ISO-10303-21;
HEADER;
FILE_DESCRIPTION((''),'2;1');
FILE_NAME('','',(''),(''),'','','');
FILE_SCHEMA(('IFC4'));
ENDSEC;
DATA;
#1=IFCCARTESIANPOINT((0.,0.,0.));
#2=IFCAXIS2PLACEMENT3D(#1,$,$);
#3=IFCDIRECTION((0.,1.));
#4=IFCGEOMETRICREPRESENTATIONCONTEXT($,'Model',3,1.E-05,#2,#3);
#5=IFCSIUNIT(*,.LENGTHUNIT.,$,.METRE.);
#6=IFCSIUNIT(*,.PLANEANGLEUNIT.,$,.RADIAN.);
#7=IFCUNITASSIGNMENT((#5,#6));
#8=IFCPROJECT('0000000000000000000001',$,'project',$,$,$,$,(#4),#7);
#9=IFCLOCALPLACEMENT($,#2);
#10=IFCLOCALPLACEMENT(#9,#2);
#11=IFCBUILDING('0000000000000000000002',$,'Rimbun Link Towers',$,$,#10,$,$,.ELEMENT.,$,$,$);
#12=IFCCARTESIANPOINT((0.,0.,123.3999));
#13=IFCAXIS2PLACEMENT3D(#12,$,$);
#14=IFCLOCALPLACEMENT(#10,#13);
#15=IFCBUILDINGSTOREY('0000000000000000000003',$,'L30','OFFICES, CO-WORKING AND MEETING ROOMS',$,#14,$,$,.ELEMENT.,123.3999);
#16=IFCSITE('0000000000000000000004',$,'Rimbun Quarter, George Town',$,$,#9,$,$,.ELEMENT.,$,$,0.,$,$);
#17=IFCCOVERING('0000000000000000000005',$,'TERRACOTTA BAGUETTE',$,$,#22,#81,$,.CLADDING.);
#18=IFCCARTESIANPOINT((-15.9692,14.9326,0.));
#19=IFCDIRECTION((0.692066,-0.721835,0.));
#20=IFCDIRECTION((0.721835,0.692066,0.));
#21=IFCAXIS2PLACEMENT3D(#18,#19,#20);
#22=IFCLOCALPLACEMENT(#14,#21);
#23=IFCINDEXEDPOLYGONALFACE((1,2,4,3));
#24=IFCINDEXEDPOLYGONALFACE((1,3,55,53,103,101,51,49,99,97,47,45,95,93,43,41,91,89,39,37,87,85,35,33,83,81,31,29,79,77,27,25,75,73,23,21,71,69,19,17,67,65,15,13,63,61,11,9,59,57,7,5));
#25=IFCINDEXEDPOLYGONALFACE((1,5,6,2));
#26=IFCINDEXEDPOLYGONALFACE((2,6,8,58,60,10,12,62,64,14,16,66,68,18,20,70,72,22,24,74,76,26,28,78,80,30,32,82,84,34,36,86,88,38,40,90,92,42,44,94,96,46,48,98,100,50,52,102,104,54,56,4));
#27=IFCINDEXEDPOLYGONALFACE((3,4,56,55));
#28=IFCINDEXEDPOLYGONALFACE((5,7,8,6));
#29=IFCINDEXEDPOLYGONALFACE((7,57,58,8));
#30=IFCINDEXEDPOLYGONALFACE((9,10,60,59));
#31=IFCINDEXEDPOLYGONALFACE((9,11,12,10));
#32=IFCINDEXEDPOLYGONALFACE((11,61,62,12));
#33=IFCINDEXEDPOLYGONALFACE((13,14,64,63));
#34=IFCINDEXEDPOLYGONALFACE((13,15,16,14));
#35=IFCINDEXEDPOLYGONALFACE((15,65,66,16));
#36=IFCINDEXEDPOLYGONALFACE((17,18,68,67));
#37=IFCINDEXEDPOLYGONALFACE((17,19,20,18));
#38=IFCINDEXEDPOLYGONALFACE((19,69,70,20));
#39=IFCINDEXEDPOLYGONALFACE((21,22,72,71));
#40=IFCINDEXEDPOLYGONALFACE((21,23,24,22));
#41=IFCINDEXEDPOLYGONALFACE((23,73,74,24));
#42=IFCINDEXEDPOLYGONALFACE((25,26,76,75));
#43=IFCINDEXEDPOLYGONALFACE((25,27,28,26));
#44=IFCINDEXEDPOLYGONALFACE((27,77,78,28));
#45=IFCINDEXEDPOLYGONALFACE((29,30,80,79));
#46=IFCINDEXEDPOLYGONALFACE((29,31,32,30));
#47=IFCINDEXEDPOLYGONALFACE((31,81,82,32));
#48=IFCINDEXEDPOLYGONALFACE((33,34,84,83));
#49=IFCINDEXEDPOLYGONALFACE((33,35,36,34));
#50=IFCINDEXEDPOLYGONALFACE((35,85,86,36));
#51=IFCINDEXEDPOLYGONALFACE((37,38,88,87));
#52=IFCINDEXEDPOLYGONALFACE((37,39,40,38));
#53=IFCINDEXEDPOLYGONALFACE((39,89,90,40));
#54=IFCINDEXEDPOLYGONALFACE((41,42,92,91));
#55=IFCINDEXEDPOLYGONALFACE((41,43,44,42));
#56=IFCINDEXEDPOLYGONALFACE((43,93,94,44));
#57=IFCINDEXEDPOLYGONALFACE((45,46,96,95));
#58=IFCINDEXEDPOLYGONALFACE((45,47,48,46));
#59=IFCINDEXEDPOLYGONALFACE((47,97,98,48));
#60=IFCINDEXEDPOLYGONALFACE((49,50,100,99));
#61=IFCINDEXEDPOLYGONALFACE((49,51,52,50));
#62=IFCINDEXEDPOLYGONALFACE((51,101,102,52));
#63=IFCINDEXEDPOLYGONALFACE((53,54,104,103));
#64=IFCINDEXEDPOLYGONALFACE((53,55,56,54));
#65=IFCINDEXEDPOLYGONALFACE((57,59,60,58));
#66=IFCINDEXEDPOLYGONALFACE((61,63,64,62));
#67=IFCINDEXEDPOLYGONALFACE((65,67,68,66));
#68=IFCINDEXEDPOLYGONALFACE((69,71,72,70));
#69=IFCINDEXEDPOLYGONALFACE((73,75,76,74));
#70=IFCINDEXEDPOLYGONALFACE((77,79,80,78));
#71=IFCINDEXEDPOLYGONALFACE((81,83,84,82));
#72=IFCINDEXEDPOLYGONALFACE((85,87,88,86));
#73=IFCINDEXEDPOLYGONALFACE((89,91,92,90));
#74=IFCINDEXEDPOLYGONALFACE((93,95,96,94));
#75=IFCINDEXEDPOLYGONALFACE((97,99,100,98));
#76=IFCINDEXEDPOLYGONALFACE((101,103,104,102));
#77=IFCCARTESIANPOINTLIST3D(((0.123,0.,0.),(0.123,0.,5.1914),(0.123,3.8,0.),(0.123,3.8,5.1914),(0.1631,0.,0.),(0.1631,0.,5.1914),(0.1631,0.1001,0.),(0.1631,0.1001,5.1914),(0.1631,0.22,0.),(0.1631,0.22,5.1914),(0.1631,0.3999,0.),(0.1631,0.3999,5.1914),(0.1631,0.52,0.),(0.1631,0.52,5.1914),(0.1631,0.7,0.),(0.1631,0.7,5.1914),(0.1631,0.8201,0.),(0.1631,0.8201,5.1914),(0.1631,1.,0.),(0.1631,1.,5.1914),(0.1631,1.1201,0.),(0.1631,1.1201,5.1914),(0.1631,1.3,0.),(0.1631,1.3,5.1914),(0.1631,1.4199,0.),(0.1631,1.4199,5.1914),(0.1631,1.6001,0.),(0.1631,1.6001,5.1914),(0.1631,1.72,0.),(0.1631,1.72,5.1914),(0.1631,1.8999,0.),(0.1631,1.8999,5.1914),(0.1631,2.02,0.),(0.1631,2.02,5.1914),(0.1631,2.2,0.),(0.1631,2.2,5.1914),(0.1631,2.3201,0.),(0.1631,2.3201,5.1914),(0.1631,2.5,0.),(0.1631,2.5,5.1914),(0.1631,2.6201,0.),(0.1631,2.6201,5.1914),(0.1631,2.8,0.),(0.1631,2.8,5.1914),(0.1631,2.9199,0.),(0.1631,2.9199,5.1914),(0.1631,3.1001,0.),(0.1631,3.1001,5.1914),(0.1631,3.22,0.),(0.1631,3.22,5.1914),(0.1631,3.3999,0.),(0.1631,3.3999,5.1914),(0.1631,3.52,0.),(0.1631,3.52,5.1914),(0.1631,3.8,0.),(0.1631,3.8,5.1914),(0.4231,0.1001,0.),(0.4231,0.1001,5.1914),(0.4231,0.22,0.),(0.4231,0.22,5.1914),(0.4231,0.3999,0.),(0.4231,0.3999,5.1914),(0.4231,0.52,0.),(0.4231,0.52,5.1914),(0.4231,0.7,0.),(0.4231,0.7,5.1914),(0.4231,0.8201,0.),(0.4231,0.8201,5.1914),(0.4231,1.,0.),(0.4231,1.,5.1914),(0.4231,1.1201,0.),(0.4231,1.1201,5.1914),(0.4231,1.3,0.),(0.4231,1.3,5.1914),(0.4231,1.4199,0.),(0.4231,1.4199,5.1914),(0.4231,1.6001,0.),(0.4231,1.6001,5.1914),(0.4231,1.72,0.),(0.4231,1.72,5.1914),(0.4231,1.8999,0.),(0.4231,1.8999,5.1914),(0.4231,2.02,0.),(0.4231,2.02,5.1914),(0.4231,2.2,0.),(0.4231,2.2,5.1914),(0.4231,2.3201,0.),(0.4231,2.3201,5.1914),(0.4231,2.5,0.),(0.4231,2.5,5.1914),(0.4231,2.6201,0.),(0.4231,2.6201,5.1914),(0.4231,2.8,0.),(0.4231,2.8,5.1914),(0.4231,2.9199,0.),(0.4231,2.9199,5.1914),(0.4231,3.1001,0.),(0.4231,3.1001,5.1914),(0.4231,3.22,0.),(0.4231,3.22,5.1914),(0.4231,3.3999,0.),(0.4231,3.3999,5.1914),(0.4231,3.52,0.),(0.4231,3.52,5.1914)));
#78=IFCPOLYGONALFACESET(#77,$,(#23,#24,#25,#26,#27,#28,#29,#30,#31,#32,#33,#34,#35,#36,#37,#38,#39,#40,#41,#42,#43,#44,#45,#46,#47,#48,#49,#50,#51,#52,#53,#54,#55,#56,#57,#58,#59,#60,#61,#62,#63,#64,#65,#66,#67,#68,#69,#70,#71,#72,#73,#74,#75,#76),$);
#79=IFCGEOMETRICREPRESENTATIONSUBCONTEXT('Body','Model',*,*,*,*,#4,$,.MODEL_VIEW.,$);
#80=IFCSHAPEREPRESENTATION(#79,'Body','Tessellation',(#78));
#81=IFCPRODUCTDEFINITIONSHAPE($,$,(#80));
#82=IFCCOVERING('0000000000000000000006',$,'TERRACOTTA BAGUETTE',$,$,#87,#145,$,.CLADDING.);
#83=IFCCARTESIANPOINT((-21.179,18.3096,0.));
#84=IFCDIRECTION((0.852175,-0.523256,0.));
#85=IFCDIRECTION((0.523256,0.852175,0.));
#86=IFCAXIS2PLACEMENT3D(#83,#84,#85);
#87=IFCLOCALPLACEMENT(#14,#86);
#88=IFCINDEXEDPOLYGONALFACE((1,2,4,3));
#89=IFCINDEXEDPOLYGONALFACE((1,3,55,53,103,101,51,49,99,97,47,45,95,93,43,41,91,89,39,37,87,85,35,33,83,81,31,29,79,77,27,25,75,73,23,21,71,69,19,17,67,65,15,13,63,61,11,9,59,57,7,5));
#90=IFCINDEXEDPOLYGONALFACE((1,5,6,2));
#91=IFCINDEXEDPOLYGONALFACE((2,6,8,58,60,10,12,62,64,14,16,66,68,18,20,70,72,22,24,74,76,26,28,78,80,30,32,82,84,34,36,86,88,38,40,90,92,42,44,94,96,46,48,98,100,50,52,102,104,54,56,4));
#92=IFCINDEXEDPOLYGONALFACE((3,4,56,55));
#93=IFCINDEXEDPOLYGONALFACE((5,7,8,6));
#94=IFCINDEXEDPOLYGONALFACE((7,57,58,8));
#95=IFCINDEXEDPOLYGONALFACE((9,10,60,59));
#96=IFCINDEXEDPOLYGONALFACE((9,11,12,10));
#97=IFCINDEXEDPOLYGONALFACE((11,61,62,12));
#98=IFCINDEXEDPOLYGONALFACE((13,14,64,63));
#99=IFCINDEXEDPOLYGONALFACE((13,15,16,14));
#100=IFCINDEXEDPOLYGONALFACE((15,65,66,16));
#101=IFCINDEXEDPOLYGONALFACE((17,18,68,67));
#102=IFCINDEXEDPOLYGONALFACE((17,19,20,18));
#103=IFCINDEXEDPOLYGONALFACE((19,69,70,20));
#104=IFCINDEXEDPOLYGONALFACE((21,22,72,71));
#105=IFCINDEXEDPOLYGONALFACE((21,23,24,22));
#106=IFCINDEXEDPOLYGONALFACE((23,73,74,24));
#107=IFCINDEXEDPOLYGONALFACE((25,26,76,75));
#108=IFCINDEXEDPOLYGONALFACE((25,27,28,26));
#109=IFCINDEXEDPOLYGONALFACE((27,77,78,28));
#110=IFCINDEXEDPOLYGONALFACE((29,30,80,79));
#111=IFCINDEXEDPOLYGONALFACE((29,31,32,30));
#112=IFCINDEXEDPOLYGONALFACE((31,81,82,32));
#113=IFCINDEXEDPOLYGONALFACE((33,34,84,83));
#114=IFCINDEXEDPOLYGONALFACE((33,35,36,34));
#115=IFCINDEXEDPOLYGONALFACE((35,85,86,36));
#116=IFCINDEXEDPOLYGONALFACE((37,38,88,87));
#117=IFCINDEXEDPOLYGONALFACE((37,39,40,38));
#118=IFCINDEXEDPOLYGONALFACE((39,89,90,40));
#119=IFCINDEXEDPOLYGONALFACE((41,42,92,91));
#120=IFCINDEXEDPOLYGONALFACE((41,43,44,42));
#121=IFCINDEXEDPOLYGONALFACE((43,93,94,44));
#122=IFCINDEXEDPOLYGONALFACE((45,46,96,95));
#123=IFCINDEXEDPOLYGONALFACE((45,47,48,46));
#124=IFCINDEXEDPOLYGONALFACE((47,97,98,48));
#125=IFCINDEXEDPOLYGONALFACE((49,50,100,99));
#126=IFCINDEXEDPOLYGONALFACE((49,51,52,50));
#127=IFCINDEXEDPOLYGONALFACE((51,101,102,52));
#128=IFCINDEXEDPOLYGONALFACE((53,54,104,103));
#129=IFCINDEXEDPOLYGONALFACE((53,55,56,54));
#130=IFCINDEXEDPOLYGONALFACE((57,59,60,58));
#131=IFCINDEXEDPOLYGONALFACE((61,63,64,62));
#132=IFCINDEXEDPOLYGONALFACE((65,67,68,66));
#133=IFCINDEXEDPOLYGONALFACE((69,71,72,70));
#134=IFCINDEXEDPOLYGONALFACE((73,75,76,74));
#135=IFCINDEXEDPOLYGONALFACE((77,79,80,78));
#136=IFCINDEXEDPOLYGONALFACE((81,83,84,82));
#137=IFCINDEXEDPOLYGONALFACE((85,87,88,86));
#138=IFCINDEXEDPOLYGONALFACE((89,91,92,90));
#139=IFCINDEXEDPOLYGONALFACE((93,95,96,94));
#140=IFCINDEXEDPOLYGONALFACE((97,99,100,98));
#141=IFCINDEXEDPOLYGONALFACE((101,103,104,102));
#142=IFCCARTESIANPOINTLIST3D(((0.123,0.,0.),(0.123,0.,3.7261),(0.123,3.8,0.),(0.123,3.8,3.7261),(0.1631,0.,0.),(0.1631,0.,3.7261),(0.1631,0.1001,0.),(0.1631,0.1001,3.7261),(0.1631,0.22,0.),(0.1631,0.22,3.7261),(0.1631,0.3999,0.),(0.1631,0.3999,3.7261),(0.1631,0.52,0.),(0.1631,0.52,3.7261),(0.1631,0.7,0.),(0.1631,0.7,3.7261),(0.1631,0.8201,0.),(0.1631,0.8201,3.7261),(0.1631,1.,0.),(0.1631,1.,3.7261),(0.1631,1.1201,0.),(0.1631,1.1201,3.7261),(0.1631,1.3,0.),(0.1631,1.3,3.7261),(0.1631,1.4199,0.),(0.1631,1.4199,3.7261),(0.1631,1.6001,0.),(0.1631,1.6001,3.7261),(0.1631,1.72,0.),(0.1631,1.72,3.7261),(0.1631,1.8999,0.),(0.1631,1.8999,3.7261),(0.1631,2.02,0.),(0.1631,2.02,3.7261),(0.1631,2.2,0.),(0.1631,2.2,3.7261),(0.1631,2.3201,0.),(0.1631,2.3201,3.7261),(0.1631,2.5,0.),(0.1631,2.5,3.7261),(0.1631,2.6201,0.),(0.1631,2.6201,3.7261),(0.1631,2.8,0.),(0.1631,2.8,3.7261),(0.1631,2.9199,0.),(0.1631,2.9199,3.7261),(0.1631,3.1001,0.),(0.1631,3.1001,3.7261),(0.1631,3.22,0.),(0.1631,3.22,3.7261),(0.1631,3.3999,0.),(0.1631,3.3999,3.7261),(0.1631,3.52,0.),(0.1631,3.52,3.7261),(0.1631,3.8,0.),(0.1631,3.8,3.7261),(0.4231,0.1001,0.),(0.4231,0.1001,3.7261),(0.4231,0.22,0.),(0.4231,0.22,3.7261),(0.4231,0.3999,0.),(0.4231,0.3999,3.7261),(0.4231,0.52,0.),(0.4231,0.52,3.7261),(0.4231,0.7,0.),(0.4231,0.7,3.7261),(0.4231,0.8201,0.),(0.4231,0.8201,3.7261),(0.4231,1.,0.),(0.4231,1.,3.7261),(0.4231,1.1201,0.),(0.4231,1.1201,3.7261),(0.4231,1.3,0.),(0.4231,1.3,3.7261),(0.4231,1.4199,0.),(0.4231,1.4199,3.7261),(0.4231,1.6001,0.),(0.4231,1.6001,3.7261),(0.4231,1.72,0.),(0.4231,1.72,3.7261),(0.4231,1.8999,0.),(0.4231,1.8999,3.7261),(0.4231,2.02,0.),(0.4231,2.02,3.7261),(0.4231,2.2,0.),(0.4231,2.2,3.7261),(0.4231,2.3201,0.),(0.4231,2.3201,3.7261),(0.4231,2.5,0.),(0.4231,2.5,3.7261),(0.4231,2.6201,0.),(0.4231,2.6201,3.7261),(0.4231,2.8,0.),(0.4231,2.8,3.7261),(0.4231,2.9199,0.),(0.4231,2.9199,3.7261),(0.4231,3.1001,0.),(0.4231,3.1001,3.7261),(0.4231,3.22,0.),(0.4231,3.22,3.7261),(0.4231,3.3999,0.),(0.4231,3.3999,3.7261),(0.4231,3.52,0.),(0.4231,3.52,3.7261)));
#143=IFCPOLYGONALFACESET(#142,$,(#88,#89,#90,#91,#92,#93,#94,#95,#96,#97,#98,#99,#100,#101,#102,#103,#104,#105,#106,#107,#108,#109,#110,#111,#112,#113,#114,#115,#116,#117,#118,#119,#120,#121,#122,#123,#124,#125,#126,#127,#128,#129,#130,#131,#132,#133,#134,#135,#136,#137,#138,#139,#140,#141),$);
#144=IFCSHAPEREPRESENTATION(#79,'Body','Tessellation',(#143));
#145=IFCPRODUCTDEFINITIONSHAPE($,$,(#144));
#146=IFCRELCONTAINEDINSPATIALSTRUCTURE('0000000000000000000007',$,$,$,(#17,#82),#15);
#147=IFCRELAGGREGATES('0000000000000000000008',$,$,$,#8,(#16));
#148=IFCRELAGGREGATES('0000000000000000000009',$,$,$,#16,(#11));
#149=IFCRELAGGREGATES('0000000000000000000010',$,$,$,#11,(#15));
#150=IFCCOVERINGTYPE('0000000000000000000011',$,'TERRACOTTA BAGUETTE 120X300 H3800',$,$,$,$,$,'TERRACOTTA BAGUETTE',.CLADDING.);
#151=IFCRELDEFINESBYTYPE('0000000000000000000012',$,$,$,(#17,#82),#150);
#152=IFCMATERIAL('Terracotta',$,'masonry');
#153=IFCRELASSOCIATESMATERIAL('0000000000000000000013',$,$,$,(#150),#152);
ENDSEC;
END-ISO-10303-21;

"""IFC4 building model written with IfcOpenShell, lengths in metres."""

from ifc_helpers import new_model, si_unit, direction, frame, origin, place, context, subcontext, project, spatial, polyline, outline, extrude, material, material_profile, profile_set, type_object, element, save


model = new_model("IFC4")

# Units and contexts
model_context = context("Model", 3, precision=1e-05, world=origin(), true_north=direction((0.0, 1.0)))
body_context = subcontext(model_context, "Body", "Model", "MODEL_VIEW")
ifc_project = project(units=[si_unit("LENGTHUNIT", "METRE"), si_unit("PLANEANGLEUNIT", "RADIAN")], contexts=[model_context])

# Site, building, storey
site_placement = place(None, origin())
site = spatial("IfcSite", under=ifc_project, at=site_placement, Name="Rimbun Quarter, George Town", CompositionType="ELEMENT", RefElevation=0.0)
building_placement = place(site_placement, origin())
building = spatial("IfcBuilding", under=site, at=building_placement, Name="Rimbun Link Towers", CompositionType="ELEMENT")
storey_placement = place(building_placement, frame((0.0, 0.0, 123.3999)))
storey = spatial("IfcBuildingStorey", under=building, at=storey_placement, Name="L30", Description="OFFICES, CO-WORKING AND MEETING ROOMS", CompositionType="ELEMENT", Elevation=123.3999)

# Coverings
ifc_material_1 = material(Name="Terracotta", Category="masonry")
ifc_material_profile_1 = material_profile(ifc_material_1, outline(polyline([(0.123, 0.0), (0.1631, 0.0), (0.1631, 0.1001), (0.4231, 0.1001), (0.4231, 0.22), (0.1631, 0.22), (0.1631, 0.3999), (0.4231, 0.3999), (0.4231, 0.52), (0.1631, 0.52), (0.1631, 0.7), (0.4231, 0.7), (0.4231, 0.8201), (0.1631, 0.8201), (0.1631, 1.0), (0.4231, 1.0), (0.4231, 1.1201), (0.1631, 1.1201), (0.1631, 1.3), (0.4231, 1.3), (0.4231, 1.4199), (0.1631, 1.4199), (0.1631, 1.6001), (0.4231, 1.6001), (0.4231, 1.72), (0.1631, 1.72), (0.1631, 1.8999), (0.4231, 1.8999), (0.4231, 2.02), (0.1631, 2.02), (0.1631, 2.2), (0.4231, 2.2), (0.4231, 2.3201), (0.1631, 2.3201), (0.1631, 2.5), (0.4231, 2.5), (0.4231, 2.6201), (0.1631, 2.6201), (0.1631, 2.8), (0.4231, 2.8), (0.4231, 2.9199), (0.1631, 2.9199), (0.1631, 3.1001), (0.4231, 3.1001), (0.4231, 3.22), (0.1631, 3.22), (0.1631, 3.3999), (0.4231, 3.3999), (0.4231, 3.52), (0.1631, 3.52), (0.1631, 3.8), (0.123, 3.8), (0.123, 0.0)])), Name="BAGUETTE 120X300")
ifc_profile_set_1 = profile_set([ifc_material_profile_1], Name="Terracotta")
covering_type = type_object("IfcCoveringType", Name="TERRACOTTA BAGUETTE 120X300 H3800", ElementType="TERRACOTTA BAGUETTE", PredefinedType="CLADDING", material=ifc_profile_set_1)
covering_1_placement = place(storey_placement, frame((-15.9692, 14.9326, 0.0), z_axis=(0.692066, -0.721835, 0.0), x_axis=(0.721835, 0.692066, 0.0)))
element("IfcCovering", 1, at=covering_1_placement, inside=storey, type_object=covering_type, Name="TERRACOTTA BAGUETTE", PredefinedType="CLADDING", context=body_context, shape_type="SweptSolid", body=[
    extrude(outline(polyline([(0.123, 0.0), (0.1631, 0.0), (0.1631, 0.1001), (0.4231, 0.1001), (0.4231, 0.22), (0.1631, 0.22), (0.1631, 0.3999), (0.4231, 0.3999), (0.4231, 0.52), (0.1631, 0.52), (0.1631, 0.7), (0.4231, 0.7), (0.4231, 0.8201), (0.1631, 0.8201), (0.1631, 1.0), (0.4231, 1.0), (0.4231, 1.1201), (0.1631, 1.1201), (0.1631, 1.3), (0.4231, 1.3), (0.4231, 1.4199), (0.1631, 1.4199), (0.1631, 1.6001), (0.4231, 1.6001), (0.4231, 1.72), (0.1631, 1.72), (0.1631, 1.8999), (0.4231, 1.8999), (0.4231, 2.02), (0.1631, 2.02), (0.1631, 2.2), (0.4231, 2.2), (0.4231, 2.3201), (0.1631, 2.3201), (0.1631, 2.5), (0.4231, 2.5), (0.4231, 2.6201), (0.1631, 2.6201), (0.1631, 2.8), (0.4231, 2.8), (0.4231, 2.9199), (0.1631, 2.9199), (0.1631, 3.1001), (0.4231, 3.1001), (0.4231, 3.22), (0.1631, 3.22), (0.1631, 3.3999), (0.4231, 3.3999), (0.4231, 3.52), (0.1631, 3.52), (0.1631, 3.8), (0.123, 3.8), (0.123, 0.0)])), origin(), (0.0, 0.0, 1.0), 5.1914),
])
covering_2_placement = place(storey_placement, frame((-21.179, 18.3096, 0.0), z_axis=(0.852175, -0.523256, 0.0), x_axis=(0.523256, 0.852175, 0.0)))
element("IfcCovering", 2, at=covering_2_placement, inside=storey, type_object=covering_type, Name="TERRACOTTA BAGUETTE", PredefinedType="CLADDING", context=body_context, shape_type="SweptSolid", body=[
    extrude(outline(polyline([(0.123, 0.0), (0.1631, 0.0), (0.1631, 0.1001), (0.4231, 0.1001), (0.4231, 0.22), (0.1631, 0.22), (0.1631, 0.3999), (0.4231, 0.3999), (0.4231, 0.52), (0.1631, 0.52), (0.1631, 0.7), (0.4231, 0.7), (0.4231, 0.8201), (0.1631, 0.8201), (0.1631, 1.0), (0.4231, 1.0), (0.4231, 1.1201), (0.1631, 1.1201), (0.1631, 1.3), (0.4231, 1.3), (0.4231, 1.4199), (0.1631, 1.4199), (0.1631, 1.6001), (0.4231, 1.6001), (0.4231, 1.72), (0.1631, 1.72), (0.1631, 1.8999), (0.4231, 1.8999), (0.4231, 2.02), (0.1631, 2.02), (0.1631, 2.2), (0.4231, 2.2), (0.4231, 2.3201), (0.1631, 2.3201), (0.1631, 2.5), (0.4231, 2.5), (0.4231, 2.6201), (0.1631, 2.6201), (0.1631, 2.8), (0.4231, 2.8), (0.4231, 2.9199), (0.1631, 2.9199), (0.1631, 3.1001), (0.4231, 3.1001), (0.4231, 3.22), (0.1631, 3.22), (0.1631, 3.3999), (0.4231, 3.3999), (0.4231, 3.52), (0.1631, 3.52), (0.1631, 3.8), (0.123, 3.8), (0.123, 0.0)])), origin(), (0.0, 0.0, 1.0), 3.7261),
])

save(model, "model.ifc")
